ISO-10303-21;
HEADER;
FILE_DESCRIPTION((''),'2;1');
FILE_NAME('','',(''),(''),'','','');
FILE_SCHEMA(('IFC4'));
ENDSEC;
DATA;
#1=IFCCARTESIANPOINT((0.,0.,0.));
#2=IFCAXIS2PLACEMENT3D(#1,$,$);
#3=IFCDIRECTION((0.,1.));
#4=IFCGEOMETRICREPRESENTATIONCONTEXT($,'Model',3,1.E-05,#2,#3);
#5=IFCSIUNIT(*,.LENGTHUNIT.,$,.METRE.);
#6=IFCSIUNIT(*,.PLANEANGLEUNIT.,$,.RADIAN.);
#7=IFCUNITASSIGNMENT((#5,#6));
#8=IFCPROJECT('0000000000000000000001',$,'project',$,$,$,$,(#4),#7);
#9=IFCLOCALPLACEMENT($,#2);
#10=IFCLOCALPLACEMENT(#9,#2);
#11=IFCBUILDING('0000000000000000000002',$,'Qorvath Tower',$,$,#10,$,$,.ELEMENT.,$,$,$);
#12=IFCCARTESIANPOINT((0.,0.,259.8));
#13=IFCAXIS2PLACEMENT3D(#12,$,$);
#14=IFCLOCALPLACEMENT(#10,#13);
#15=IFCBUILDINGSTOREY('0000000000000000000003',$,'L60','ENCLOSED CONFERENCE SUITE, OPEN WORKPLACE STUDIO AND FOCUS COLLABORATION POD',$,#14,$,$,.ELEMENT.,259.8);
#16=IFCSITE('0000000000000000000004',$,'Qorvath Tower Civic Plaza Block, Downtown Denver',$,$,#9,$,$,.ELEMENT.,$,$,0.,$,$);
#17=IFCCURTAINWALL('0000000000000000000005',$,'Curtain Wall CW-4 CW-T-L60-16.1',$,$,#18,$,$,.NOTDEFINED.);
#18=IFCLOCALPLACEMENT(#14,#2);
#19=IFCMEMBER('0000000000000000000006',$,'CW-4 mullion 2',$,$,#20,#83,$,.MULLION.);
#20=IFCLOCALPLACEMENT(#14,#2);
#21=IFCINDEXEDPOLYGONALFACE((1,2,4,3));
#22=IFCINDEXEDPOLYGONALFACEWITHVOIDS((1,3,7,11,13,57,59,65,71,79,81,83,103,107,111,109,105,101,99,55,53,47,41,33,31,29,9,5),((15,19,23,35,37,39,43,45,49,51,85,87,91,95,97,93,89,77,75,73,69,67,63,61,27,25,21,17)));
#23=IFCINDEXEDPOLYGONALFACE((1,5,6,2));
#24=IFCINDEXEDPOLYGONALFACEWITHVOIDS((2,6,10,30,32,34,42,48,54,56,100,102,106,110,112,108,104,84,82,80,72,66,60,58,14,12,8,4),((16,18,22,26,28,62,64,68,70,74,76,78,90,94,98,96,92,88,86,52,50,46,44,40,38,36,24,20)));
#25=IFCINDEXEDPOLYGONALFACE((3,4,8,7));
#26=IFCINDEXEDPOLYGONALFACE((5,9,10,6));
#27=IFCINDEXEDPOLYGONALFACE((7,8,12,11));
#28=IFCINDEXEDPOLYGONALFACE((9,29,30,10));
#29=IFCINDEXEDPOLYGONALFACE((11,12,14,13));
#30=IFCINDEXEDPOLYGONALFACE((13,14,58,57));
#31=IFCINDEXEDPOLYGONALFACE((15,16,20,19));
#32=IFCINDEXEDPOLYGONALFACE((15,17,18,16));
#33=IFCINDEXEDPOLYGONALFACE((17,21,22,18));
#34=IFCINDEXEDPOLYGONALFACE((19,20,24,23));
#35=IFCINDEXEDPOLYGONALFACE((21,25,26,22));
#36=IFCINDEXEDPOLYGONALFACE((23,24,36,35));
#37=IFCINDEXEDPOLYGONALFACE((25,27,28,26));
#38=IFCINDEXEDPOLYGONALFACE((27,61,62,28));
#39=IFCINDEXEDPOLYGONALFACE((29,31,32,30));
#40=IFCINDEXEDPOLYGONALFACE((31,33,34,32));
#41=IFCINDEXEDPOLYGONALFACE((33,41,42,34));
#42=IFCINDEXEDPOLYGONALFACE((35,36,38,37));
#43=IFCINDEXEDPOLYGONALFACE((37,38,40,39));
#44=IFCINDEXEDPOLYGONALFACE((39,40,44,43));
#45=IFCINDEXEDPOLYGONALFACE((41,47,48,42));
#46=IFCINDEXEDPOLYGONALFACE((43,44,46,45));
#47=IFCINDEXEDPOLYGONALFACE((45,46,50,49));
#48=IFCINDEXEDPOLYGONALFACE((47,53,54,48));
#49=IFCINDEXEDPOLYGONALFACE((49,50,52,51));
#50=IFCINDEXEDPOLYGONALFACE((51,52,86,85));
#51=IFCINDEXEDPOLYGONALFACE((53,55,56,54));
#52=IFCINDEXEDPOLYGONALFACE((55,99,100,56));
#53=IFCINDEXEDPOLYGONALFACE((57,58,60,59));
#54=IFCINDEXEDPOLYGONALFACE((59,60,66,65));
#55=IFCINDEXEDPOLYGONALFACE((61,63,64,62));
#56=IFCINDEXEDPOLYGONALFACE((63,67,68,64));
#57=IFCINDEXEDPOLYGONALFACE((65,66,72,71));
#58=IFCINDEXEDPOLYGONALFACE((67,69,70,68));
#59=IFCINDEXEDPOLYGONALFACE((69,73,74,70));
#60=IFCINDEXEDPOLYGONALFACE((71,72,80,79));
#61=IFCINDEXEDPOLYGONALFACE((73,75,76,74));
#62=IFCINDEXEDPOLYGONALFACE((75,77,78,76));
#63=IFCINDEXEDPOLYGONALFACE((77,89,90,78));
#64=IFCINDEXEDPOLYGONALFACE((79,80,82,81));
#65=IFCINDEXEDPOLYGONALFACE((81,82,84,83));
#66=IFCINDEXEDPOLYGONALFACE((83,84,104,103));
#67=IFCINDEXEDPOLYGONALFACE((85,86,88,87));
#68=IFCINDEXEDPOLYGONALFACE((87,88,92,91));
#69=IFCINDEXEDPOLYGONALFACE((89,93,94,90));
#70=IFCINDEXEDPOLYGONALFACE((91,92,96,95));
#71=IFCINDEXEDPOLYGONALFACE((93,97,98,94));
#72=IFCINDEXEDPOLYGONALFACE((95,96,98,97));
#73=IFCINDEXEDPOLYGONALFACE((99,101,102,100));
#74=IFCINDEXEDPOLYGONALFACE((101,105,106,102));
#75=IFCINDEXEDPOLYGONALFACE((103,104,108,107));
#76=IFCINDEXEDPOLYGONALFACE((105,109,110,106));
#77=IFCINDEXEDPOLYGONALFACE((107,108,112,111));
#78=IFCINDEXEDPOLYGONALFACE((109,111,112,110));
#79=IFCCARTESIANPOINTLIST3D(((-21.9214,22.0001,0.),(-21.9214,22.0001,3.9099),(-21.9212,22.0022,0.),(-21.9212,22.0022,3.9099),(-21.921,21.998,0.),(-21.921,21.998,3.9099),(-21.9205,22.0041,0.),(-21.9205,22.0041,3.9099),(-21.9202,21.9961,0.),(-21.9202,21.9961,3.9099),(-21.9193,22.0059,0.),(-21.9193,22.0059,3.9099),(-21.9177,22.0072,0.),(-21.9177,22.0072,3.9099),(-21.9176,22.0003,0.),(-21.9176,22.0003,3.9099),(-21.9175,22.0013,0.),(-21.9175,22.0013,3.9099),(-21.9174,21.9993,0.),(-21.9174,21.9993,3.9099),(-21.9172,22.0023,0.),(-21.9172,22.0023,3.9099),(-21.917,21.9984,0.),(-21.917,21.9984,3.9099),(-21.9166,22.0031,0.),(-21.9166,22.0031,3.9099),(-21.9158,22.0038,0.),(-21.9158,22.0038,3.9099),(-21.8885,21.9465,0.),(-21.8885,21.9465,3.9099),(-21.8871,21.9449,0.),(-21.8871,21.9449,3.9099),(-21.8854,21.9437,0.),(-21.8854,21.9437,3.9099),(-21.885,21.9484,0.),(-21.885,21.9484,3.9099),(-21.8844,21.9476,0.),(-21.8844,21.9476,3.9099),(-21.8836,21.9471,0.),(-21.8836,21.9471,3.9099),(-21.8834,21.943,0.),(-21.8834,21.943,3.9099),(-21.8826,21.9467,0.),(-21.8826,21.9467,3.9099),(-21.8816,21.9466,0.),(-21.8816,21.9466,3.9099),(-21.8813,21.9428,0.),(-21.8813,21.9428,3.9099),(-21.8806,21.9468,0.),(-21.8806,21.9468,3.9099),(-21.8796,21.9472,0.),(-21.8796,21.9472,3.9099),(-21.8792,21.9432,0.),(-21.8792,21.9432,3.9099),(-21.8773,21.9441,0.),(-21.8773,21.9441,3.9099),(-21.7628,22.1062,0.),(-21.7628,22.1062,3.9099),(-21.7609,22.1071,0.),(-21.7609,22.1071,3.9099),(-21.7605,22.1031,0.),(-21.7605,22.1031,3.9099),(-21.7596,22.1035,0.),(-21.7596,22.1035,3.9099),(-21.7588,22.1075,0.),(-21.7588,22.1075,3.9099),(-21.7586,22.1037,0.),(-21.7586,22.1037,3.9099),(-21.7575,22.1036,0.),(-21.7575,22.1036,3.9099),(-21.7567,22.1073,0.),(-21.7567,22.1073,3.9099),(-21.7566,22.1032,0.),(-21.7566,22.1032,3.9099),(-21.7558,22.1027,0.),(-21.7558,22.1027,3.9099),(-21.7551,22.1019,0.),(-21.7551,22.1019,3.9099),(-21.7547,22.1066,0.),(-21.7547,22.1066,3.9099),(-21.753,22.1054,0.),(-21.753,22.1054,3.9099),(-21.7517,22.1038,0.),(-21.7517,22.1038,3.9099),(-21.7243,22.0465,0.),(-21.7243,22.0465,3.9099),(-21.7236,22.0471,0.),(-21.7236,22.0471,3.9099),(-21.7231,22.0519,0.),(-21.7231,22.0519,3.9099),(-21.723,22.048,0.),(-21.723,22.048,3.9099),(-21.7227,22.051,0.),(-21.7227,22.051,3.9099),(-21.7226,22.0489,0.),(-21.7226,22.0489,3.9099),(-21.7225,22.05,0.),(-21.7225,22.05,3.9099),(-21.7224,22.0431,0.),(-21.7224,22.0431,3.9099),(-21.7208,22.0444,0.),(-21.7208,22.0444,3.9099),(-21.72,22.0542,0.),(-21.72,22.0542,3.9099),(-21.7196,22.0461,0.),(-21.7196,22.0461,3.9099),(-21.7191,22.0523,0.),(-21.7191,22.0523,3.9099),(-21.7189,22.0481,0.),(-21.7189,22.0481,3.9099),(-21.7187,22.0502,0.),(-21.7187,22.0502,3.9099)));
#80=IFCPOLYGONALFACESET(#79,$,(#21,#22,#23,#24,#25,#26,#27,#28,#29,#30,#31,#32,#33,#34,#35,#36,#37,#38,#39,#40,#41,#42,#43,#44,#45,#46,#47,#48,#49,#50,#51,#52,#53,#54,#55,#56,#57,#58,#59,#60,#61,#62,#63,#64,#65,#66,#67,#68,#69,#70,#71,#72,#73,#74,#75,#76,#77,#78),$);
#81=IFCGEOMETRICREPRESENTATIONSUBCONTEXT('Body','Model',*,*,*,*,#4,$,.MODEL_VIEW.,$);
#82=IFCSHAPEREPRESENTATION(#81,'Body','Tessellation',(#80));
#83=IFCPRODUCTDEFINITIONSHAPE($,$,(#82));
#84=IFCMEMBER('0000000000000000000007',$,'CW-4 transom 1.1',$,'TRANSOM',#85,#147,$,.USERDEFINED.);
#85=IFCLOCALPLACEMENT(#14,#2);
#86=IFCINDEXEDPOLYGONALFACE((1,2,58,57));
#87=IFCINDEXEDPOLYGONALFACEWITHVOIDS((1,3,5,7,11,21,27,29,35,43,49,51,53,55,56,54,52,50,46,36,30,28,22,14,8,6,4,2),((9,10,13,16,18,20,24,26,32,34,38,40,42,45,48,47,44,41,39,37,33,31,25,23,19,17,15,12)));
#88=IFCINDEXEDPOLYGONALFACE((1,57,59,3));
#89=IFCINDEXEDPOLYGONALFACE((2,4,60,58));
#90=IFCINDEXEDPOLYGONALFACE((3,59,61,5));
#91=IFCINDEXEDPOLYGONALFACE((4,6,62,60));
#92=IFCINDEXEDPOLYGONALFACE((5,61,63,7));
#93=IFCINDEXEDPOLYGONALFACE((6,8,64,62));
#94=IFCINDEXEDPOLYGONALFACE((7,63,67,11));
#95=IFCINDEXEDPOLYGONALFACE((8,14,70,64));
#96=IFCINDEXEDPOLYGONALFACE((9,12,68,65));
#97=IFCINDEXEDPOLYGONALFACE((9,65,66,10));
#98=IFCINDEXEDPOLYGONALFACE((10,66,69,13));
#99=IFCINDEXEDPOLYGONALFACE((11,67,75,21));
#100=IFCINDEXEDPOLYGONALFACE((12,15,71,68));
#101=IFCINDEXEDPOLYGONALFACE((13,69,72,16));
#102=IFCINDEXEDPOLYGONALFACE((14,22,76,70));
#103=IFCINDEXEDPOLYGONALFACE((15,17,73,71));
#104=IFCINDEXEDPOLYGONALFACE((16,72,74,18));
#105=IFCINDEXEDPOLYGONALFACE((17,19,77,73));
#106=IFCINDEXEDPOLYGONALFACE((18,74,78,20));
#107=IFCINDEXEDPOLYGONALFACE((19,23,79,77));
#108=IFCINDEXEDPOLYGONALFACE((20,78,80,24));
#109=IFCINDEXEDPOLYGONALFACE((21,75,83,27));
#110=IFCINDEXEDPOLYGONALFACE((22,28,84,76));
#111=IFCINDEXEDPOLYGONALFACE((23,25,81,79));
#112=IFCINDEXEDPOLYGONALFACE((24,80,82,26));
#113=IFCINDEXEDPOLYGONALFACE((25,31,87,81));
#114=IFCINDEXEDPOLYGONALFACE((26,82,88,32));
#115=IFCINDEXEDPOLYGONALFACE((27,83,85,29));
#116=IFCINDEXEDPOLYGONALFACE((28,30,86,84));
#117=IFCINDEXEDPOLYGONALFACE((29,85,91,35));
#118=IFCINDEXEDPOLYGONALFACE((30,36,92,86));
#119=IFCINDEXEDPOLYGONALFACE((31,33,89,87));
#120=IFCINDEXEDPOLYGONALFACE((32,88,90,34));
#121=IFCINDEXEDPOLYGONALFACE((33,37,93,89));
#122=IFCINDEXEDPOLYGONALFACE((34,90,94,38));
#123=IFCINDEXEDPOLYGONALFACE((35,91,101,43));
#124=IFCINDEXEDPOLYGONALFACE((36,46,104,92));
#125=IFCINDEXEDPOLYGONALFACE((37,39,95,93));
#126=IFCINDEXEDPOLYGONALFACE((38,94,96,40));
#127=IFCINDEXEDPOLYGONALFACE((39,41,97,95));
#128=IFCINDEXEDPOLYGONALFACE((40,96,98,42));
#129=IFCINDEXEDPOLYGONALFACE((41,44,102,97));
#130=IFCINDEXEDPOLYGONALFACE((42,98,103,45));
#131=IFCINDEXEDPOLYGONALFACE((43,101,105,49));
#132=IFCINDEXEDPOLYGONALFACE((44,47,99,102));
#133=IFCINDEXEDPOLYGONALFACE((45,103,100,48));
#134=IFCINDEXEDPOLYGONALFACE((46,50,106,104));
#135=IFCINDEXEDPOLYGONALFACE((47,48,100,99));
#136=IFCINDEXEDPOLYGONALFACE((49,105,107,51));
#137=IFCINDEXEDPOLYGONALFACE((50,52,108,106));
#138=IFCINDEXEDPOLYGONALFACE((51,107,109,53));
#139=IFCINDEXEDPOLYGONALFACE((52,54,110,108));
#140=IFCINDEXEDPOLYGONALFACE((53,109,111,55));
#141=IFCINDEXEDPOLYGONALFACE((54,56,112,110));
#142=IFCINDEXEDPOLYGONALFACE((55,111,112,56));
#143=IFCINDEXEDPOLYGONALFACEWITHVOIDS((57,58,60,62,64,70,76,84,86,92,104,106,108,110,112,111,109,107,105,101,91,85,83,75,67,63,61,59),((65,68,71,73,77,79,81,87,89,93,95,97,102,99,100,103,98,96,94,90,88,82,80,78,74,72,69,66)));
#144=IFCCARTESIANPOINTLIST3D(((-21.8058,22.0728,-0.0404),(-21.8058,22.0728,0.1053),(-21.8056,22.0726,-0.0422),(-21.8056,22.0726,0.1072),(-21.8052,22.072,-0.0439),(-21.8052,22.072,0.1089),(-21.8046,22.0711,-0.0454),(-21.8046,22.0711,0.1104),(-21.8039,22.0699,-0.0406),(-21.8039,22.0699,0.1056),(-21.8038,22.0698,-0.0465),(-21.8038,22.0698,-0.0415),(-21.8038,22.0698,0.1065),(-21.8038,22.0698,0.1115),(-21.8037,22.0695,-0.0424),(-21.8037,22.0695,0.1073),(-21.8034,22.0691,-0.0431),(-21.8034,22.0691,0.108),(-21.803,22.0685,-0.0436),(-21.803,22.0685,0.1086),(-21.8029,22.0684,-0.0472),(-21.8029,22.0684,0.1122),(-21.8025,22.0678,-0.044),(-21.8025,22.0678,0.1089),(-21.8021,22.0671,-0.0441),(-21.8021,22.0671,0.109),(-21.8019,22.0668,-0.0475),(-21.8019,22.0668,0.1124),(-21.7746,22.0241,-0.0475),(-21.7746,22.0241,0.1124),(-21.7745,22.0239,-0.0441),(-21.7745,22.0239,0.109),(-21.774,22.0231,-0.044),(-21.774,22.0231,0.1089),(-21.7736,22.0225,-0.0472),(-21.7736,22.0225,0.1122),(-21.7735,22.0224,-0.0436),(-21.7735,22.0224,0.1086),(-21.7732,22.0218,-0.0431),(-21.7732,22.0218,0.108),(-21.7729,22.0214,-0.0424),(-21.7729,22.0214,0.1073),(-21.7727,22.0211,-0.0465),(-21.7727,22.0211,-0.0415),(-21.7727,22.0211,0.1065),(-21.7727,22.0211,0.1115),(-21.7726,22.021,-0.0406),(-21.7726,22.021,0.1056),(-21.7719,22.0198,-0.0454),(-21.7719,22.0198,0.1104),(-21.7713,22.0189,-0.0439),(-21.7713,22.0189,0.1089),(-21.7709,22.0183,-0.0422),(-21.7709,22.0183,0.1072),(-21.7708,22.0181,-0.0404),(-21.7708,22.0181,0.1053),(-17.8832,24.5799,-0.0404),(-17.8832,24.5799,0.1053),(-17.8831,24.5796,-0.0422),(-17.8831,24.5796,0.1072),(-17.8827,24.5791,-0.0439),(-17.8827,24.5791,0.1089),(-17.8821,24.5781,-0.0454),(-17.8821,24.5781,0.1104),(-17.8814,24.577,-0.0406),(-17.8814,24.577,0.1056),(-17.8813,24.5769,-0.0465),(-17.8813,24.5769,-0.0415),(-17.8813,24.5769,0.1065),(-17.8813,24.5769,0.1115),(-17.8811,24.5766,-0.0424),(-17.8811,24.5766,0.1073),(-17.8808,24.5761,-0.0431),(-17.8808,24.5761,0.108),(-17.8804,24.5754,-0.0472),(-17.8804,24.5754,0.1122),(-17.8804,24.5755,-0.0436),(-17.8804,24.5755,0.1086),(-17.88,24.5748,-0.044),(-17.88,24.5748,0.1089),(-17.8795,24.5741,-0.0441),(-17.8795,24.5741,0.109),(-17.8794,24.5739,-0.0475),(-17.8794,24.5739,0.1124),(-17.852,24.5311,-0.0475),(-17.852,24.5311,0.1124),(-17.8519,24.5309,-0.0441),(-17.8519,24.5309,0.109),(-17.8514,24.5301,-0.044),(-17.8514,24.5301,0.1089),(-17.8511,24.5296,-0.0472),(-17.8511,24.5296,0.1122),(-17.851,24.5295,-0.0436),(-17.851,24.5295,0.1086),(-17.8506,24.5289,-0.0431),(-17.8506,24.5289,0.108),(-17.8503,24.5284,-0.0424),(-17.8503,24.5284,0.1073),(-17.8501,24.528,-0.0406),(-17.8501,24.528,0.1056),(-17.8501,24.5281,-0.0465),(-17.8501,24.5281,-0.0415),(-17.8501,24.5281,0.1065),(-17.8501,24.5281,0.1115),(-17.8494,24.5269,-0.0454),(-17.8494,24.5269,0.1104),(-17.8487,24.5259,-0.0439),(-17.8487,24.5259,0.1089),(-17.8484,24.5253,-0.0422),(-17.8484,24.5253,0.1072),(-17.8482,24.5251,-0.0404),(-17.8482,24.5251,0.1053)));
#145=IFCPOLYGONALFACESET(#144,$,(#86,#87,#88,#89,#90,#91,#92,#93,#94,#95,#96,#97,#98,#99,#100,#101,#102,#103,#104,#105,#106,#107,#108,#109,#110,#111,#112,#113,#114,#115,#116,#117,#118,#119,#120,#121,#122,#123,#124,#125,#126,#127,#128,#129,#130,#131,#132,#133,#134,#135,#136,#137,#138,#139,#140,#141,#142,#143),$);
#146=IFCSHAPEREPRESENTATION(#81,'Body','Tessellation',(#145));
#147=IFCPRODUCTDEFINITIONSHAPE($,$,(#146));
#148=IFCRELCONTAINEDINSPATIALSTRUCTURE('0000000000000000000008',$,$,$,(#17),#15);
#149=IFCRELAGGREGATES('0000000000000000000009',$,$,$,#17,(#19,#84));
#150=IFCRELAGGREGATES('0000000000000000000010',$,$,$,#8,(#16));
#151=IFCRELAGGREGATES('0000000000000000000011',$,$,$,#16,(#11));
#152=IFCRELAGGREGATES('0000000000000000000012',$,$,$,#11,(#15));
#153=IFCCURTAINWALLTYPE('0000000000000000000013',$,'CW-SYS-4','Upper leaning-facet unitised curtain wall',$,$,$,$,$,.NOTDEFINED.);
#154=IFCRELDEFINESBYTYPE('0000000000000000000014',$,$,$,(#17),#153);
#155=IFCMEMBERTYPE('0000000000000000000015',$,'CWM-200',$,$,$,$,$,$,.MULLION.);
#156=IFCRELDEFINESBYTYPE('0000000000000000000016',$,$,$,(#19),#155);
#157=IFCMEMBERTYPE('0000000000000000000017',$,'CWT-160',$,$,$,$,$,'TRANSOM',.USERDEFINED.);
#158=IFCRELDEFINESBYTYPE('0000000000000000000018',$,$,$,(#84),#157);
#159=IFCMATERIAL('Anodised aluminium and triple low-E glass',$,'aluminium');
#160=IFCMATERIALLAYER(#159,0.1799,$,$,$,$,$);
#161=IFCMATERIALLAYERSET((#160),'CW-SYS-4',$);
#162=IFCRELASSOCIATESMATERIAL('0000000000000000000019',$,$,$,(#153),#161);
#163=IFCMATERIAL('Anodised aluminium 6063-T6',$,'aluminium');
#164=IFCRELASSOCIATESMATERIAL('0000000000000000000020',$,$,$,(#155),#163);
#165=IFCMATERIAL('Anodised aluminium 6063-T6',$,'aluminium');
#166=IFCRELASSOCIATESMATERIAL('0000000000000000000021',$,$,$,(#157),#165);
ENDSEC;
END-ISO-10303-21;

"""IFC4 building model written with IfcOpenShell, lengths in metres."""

from ifc_helpers import new_model, si_unit, direction, frame, origin, origin_2d, place, context, subcontext, project, spatial, hollow_rectangle, extrude, material, layer, layer_set, material_profile, profile_set, type_object, element, aggregate, save


model = new_model("IFC4")

# Units and contexts
model_context = context("Model", 3, precision=1e-05, world=origin(), true_north=direction((0.0, 1.0)))
body_context = subcontext(model_context, "Body", "Model", "MODEL_VIEW")
ifc_project = project(units=[si_unit("LENGTHUNIT", "METRE"), si_unit("PLANEANGLEUNIT", "RADIAN")], contexts=[model_context])

# Site, building, storey
site_placement = place(None, origin())
site = spatial("IfcSite", under=ifc_project, at=site_placement, Name="Qorvath Tower Civic Plaza Block, Downtown Denver", CompositionType="ELEMENT", RefElevation=0.0)
building_placement = place(site_placement, origin())
building = spatial("IfcBuilding", under=site, at=building_placement, Name="Qorvath Tower", CompositionType="ELEMENT")
storey_placement = place(building_placement, frame((0.0, 0.0, 259.8)))
storey = spatial("IfcBuildingStorey", under=building, at=storey_placement, Name="L60", Description="ENCLOSED CONFERENCE SUITE, OPEN WORKPLACE STUDIO AND FOCUS COLLABORATION POD", CompositionType="ELEMENT", Elevation=259.8)

# Shared definitions
ifc_material_1 = material(Name="Anodised aluminium and triple low-E glass", Category="aluminium")
ifc_layer_1 = layer(ifc_material_1, 0.1799)
ifc_layer_set_1 = layer_set([ifc_layer_1], Name="CW-SYS-4")
curtain_wall_type = type_object("IfcCurtainWallType", Name="CW-SYS-4", Description="Upper leaning-facet unitised curtain wall", PredefinedType="NOTDEFINED", material=ifc_layer_set_1)
ifc_material_2 = material(Name="Anodised aluminium 6063-T6", Category="aluminium")
ifc_material_profile_1 = material_profile(ifc_material_2, hollow_rectangle(XDim=0.075, YDim=0.2, WallThickness=0.0039, InnerFilletRadius=0.0039, OuterFilletRadius=0.0081, at=origin_2d()), Name="CWM 200x75")
ifc_profile_set_1 = profile_set([ifc_material_profile_1], Name="Anodised aluminium 6063-T6")
member_type_1 = type_object("IfcMemberType", Name="CWM-200", PredefinedType="MULLION", material=ifc_profile_set_1)

# Curtain wall, members
curtain_wall_1_placement = place(storey_placement, origin())
curtain_wall_1 = element("IfcCurtainWall", 1, at=curtain_wall_1_placement, inside=storey, type_object=curtain_wall_type, Name="Curtain Wall CW-4 CW-T-L60-16.1", PredefinedType="NOTDEFINED")
member_1_placement = place(storey_placement, frame((-21.8201, 22.0251, 0.0), z_axis=(0.0, 0.0, 1.0), x_axis=(0.538523, -0.842611, 0.0)))
member_1 = element("IfcMember", 2, at=member_1_placement, type_object=member_type_1, Name="CW-4 mullion 2", PredefinedType="MULLION", context=body_context, shape_type="SweptSolid", body=[
    extrude(hollow_rectangle(XDim=0.075, YDim=0.2, WallThickness=0.0039, InnerFilletRadius=0.0039, OuterFilletRadius=0.0081, at=origin_2d()), origin(), (0.0, 0.0, 1.0), 3.9099),
])
ifc_material_3 = material(Name="Anodised aluminium 6063-T6", Category="aluminium")
ifc_material_profile_2 = material_profile(ifc_material_3, hollow_rectangle(XDim=0.0649, YDim=0.1599, WallThickness=0.0034, InnerFilletRadius=0.0034, OuterFilletRadius=0.0071, at=origin_2d()), Name="CWT 160x65")
ifc_profile_set_2 = profile_set([ifc_material_profile_2], Name="Anodised aluminium 6063-T6")
member_type_2 = type_object("IfcMemberType", Name="CWT-160", ElementType="TRANSOM", PredefinedType="USERDEFINED", material=ifc_profile_set_2)
member_2_placement = place(storey_placement, frame((-17.8657, 24.5525, 0.0325), z_axis=(-0.842602, -0.538537, 0.0), x_axis=(0.538537, -0.842602, 0.0)))
member_2 = element("IfcMember", 3, at=member_2_placement, type_object=member_type_2, Name="CW-4 transom 1.1", ObjectType="TRANSOM", PredefinedType="USERDEFINED", context=body_context, shape_type="SweptSolid", body=[
    extrude(hollow_rectangle(XDim=0.0649, YDim=0.1599, WallThickness=0.0034, InnerFilletRadius=0.0034, OuterFilletRadius=0.0071, at=origin_2d()), origin(), (0.0, 0.0, 1.0), 4.6553),
])

aggregate(curtain_wall_1, [member_1, member_2])

save(model, "model.ifc")
